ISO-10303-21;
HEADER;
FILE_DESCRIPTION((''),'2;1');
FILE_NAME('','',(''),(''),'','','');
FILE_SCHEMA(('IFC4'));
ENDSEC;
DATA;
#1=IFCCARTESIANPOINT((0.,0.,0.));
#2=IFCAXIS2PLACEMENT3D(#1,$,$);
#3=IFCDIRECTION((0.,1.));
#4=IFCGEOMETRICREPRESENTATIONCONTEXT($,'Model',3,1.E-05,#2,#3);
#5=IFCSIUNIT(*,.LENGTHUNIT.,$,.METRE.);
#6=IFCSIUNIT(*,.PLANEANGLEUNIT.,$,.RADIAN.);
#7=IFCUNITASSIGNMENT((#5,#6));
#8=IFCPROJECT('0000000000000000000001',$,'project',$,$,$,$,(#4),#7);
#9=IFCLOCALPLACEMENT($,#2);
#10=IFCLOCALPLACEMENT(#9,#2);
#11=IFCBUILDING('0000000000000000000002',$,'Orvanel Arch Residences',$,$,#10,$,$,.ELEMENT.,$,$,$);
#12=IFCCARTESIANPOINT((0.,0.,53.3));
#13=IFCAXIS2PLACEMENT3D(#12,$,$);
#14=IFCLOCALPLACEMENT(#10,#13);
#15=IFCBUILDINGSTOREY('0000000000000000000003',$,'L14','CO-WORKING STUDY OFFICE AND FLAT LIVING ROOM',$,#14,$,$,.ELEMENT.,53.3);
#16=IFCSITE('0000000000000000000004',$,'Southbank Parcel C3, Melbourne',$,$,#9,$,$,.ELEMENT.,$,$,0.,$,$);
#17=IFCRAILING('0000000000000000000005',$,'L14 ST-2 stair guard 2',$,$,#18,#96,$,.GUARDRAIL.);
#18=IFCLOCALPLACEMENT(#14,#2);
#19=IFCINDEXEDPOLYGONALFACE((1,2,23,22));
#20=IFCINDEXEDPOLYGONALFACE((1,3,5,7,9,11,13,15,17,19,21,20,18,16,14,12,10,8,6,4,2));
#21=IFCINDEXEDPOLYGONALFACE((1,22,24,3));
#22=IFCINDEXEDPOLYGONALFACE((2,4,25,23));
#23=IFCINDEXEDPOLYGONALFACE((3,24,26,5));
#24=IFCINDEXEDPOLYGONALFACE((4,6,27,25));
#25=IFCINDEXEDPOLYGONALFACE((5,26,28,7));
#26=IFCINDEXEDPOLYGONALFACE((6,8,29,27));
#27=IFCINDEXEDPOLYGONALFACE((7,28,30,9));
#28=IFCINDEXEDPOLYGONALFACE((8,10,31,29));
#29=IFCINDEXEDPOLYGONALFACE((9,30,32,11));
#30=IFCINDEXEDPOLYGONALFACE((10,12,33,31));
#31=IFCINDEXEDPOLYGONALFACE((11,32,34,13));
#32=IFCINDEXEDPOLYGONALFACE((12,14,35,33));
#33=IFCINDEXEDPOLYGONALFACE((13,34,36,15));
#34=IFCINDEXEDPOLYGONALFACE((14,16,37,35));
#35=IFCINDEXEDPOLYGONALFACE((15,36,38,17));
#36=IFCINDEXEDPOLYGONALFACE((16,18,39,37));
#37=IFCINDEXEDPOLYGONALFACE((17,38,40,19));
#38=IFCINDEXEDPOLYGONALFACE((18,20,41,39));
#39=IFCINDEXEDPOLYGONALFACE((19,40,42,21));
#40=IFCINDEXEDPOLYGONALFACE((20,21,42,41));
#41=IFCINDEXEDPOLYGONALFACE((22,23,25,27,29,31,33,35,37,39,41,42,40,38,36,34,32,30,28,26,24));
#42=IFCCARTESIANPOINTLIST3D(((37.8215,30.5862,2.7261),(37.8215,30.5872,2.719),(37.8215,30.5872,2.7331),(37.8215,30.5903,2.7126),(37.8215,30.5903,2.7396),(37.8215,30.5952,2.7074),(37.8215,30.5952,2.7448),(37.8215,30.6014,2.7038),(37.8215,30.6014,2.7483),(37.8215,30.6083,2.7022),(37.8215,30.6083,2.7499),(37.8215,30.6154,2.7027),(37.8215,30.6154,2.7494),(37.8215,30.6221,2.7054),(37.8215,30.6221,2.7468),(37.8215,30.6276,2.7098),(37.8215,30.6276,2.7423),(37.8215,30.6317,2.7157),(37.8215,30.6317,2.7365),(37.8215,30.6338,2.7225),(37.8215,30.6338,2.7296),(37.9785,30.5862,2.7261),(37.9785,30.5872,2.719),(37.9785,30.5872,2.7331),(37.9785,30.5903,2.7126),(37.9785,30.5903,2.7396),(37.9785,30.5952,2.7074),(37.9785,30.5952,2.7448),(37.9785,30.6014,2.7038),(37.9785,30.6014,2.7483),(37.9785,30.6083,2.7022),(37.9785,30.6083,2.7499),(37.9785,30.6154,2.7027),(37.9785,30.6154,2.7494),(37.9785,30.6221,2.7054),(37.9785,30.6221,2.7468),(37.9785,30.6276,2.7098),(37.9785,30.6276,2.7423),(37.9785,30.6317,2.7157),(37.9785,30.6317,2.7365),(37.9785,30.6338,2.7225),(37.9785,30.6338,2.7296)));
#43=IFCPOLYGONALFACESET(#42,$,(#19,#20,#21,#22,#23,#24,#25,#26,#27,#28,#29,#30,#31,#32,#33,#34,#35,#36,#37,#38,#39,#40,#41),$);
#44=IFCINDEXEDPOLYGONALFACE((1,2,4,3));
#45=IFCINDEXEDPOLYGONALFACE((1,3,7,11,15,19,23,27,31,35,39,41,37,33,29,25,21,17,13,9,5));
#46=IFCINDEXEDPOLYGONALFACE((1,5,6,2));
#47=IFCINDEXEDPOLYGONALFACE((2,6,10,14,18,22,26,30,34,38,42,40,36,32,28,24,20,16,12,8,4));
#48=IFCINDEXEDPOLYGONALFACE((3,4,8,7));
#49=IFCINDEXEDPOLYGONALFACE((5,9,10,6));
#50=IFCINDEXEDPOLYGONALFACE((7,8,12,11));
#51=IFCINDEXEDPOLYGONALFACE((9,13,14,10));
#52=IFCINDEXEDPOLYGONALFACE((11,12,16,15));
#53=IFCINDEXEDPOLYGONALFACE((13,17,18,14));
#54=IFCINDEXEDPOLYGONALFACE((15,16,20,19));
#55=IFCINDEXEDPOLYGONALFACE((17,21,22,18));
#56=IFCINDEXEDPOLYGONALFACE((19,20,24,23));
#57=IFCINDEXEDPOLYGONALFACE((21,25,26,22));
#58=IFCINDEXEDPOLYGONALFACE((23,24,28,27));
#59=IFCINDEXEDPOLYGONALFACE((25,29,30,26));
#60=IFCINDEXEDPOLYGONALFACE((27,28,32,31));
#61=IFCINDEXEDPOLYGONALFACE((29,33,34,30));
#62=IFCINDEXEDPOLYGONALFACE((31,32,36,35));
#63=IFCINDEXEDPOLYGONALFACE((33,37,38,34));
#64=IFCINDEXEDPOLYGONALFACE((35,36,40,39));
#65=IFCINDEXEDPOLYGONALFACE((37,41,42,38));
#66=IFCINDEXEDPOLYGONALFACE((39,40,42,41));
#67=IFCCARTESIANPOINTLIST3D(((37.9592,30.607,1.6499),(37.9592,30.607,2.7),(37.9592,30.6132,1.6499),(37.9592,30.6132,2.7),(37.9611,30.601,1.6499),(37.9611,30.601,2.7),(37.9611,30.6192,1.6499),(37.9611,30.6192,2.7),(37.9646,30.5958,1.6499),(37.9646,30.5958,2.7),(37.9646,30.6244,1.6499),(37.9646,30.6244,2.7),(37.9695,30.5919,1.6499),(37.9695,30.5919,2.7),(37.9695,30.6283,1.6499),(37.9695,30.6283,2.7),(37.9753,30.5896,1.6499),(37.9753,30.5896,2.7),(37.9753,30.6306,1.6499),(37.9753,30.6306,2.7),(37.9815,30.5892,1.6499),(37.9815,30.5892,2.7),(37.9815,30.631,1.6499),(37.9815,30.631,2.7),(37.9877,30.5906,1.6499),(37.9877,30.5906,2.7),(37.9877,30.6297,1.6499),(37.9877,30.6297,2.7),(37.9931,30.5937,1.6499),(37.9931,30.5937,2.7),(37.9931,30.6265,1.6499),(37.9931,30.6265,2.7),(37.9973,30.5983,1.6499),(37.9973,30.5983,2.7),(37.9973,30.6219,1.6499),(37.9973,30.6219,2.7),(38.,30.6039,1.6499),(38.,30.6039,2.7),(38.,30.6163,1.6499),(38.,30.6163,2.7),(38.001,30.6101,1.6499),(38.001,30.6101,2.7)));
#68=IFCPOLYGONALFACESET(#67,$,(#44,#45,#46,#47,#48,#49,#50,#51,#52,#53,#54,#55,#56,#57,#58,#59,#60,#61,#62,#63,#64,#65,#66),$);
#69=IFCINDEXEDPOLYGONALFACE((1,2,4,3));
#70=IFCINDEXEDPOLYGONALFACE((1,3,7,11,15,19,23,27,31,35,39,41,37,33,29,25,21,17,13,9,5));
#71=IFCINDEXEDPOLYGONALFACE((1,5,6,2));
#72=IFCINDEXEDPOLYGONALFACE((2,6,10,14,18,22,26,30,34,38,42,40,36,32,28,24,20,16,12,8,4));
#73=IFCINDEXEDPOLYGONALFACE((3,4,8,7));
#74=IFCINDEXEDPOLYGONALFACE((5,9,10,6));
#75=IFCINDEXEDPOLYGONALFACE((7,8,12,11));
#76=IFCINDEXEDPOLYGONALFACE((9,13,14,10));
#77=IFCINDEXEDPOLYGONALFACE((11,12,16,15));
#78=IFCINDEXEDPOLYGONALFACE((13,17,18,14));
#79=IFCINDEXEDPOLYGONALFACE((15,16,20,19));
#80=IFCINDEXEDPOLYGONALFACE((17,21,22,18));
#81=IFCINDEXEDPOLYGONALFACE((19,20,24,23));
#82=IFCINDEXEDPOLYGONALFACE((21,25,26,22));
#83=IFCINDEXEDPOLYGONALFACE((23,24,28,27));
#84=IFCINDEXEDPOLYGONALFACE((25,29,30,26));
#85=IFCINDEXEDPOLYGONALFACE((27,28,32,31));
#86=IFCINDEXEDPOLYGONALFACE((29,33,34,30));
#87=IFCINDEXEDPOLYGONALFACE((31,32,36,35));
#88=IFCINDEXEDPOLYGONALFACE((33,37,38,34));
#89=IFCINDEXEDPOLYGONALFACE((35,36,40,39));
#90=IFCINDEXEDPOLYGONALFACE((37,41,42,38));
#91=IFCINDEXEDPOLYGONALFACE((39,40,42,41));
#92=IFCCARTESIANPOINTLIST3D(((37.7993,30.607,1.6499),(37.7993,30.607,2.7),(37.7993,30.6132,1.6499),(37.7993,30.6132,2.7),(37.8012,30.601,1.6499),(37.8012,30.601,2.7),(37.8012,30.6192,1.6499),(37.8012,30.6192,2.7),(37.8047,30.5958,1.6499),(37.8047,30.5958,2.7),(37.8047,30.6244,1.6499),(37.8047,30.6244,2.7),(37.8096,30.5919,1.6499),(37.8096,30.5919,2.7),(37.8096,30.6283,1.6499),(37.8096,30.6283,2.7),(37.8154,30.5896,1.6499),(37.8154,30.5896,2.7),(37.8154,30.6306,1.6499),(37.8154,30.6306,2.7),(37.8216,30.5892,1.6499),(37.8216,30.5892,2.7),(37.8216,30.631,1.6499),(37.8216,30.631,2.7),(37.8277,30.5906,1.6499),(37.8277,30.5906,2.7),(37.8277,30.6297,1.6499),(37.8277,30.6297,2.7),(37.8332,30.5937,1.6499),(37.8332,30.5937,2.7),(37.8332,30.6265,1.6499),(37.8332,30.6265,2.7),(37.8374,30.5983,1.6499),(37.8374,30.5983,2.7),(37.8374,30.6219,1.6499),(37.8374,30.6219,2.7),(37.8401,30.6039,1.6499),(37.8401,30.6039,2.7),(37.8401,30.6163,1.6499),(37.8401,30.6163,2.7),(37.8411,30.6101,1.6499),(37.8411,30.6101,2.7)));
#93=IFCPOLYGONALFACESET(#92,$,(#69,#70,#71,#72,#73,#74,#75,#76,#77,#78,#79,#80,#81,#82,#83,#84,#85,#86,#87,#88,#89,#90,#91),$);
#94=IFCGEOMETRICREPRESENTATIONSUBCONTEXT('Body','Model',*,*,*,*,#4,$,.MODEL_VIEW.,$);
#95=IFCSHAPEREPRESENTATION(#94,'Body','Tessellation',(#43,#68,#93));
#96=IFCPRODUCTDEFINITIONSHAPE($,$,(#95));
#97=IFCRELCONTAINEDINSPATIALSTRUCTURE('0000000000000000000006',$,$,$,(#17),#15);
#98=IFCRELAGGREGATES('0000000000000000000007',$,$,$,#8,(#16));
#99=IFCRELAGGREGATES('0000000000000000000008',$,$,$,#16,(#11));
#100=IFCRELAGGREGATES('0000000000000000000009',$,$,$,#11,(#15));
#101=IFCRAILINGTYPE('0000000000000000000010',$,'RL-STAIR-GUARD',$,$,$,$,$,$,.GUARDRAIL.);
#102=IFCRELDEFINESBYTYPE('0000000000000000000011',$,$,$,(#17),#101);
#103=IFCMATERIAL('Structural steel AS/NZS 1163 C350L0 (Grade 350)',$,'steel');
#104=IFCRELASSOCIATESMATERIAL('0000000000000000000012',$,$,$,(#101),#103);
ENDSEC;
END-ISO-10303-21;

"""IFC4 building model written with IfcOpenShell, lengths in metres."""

from ifc_helpers import new_model, si_unit, direction, frame, origin, origin_2d, place, context, subcontext, project, spatial, circle, extrude, material, type_object, element, save


model = new_model("IFC4")

# Units and contexts
model_context = context("Model", 3, precision=1e-05, world=origin(), true_north=direction((0.0, 1.0)))
body_context = subcontext(model_context, "Body", "Model", "MODEL_VIEW")
ifc_project = project(units=[si_unit("LENGTHUNIT", "METRE"), si_unit("PLANEANGLEUNIT", "RADIAN")], contexts=[model_context])

# Site, building, storey
site_placement = place(None, origin())
site = spatial("IfcSite", under=ifc_project, at=site_placement, Name="Southbank Parcel C3, Melbourne", CompositionType="ELEMENT", RefElevation=0.0)
building_placement = place(site_placement, origin())
building = spatial("IfcBuilding", under=site, at=building_placement, Name="Orvanel Arch Residences", CompositionType="ELEMENT")
storey_placement = place(building_placement, frame((0.0, 0.0, 53.3)))
storey = spatial("IfcBuildingStorey", under=building, at=storey_placement, Name="L14", Description="CO-WORKING STUDY OFFICE AND FLAT LIVING ROOM", CompositionType="ELEMENT", Elevation=53.3)

# Railing
ifc_material_1 = material(Name="Structural steel AS/NZS 1163 C350L0 (Grade 350)", Category="steel")
railing_type_1 = type_object("IfcRailingType", Name="RL-STAIR-GUARD", PredefinedType="GUARDRAIL", material=ifc_material_1)
railing_1_placement = place(storey_placement, frame((37.98, 30.6101, 1.6499)))
element("IfcRailing", 1, at=railing_1_placement, inside=storey, type_object=railing_type_1, Name="L14 ST-2 stair guard 2", PredefinedType="GUARDRAIL", context=body_context, shape_type="SweptSolid", body=[
    extrude(circle(Radius=0.0239, at=origin_2d()), frame((-0.0015, 0.0, 1.0762), z_axis=(-1.0, 0.0, 0.0), x_axis=(0.0, -1.0, 0.0)), (0.0, 0.0, 1.0), 0.157),
    extrude(circle(Radius=0.021, at=origin_2d()), origin(), (0.0, 0.0, 1.0), 1.05),
    extrude(circle(Radius=0.021, at=origin_2d()), frame((-0.1599, 0.0, 0.0)), (0.0, 0.0, 1.0), 1.05),
])

save(model, "model.ifc")
